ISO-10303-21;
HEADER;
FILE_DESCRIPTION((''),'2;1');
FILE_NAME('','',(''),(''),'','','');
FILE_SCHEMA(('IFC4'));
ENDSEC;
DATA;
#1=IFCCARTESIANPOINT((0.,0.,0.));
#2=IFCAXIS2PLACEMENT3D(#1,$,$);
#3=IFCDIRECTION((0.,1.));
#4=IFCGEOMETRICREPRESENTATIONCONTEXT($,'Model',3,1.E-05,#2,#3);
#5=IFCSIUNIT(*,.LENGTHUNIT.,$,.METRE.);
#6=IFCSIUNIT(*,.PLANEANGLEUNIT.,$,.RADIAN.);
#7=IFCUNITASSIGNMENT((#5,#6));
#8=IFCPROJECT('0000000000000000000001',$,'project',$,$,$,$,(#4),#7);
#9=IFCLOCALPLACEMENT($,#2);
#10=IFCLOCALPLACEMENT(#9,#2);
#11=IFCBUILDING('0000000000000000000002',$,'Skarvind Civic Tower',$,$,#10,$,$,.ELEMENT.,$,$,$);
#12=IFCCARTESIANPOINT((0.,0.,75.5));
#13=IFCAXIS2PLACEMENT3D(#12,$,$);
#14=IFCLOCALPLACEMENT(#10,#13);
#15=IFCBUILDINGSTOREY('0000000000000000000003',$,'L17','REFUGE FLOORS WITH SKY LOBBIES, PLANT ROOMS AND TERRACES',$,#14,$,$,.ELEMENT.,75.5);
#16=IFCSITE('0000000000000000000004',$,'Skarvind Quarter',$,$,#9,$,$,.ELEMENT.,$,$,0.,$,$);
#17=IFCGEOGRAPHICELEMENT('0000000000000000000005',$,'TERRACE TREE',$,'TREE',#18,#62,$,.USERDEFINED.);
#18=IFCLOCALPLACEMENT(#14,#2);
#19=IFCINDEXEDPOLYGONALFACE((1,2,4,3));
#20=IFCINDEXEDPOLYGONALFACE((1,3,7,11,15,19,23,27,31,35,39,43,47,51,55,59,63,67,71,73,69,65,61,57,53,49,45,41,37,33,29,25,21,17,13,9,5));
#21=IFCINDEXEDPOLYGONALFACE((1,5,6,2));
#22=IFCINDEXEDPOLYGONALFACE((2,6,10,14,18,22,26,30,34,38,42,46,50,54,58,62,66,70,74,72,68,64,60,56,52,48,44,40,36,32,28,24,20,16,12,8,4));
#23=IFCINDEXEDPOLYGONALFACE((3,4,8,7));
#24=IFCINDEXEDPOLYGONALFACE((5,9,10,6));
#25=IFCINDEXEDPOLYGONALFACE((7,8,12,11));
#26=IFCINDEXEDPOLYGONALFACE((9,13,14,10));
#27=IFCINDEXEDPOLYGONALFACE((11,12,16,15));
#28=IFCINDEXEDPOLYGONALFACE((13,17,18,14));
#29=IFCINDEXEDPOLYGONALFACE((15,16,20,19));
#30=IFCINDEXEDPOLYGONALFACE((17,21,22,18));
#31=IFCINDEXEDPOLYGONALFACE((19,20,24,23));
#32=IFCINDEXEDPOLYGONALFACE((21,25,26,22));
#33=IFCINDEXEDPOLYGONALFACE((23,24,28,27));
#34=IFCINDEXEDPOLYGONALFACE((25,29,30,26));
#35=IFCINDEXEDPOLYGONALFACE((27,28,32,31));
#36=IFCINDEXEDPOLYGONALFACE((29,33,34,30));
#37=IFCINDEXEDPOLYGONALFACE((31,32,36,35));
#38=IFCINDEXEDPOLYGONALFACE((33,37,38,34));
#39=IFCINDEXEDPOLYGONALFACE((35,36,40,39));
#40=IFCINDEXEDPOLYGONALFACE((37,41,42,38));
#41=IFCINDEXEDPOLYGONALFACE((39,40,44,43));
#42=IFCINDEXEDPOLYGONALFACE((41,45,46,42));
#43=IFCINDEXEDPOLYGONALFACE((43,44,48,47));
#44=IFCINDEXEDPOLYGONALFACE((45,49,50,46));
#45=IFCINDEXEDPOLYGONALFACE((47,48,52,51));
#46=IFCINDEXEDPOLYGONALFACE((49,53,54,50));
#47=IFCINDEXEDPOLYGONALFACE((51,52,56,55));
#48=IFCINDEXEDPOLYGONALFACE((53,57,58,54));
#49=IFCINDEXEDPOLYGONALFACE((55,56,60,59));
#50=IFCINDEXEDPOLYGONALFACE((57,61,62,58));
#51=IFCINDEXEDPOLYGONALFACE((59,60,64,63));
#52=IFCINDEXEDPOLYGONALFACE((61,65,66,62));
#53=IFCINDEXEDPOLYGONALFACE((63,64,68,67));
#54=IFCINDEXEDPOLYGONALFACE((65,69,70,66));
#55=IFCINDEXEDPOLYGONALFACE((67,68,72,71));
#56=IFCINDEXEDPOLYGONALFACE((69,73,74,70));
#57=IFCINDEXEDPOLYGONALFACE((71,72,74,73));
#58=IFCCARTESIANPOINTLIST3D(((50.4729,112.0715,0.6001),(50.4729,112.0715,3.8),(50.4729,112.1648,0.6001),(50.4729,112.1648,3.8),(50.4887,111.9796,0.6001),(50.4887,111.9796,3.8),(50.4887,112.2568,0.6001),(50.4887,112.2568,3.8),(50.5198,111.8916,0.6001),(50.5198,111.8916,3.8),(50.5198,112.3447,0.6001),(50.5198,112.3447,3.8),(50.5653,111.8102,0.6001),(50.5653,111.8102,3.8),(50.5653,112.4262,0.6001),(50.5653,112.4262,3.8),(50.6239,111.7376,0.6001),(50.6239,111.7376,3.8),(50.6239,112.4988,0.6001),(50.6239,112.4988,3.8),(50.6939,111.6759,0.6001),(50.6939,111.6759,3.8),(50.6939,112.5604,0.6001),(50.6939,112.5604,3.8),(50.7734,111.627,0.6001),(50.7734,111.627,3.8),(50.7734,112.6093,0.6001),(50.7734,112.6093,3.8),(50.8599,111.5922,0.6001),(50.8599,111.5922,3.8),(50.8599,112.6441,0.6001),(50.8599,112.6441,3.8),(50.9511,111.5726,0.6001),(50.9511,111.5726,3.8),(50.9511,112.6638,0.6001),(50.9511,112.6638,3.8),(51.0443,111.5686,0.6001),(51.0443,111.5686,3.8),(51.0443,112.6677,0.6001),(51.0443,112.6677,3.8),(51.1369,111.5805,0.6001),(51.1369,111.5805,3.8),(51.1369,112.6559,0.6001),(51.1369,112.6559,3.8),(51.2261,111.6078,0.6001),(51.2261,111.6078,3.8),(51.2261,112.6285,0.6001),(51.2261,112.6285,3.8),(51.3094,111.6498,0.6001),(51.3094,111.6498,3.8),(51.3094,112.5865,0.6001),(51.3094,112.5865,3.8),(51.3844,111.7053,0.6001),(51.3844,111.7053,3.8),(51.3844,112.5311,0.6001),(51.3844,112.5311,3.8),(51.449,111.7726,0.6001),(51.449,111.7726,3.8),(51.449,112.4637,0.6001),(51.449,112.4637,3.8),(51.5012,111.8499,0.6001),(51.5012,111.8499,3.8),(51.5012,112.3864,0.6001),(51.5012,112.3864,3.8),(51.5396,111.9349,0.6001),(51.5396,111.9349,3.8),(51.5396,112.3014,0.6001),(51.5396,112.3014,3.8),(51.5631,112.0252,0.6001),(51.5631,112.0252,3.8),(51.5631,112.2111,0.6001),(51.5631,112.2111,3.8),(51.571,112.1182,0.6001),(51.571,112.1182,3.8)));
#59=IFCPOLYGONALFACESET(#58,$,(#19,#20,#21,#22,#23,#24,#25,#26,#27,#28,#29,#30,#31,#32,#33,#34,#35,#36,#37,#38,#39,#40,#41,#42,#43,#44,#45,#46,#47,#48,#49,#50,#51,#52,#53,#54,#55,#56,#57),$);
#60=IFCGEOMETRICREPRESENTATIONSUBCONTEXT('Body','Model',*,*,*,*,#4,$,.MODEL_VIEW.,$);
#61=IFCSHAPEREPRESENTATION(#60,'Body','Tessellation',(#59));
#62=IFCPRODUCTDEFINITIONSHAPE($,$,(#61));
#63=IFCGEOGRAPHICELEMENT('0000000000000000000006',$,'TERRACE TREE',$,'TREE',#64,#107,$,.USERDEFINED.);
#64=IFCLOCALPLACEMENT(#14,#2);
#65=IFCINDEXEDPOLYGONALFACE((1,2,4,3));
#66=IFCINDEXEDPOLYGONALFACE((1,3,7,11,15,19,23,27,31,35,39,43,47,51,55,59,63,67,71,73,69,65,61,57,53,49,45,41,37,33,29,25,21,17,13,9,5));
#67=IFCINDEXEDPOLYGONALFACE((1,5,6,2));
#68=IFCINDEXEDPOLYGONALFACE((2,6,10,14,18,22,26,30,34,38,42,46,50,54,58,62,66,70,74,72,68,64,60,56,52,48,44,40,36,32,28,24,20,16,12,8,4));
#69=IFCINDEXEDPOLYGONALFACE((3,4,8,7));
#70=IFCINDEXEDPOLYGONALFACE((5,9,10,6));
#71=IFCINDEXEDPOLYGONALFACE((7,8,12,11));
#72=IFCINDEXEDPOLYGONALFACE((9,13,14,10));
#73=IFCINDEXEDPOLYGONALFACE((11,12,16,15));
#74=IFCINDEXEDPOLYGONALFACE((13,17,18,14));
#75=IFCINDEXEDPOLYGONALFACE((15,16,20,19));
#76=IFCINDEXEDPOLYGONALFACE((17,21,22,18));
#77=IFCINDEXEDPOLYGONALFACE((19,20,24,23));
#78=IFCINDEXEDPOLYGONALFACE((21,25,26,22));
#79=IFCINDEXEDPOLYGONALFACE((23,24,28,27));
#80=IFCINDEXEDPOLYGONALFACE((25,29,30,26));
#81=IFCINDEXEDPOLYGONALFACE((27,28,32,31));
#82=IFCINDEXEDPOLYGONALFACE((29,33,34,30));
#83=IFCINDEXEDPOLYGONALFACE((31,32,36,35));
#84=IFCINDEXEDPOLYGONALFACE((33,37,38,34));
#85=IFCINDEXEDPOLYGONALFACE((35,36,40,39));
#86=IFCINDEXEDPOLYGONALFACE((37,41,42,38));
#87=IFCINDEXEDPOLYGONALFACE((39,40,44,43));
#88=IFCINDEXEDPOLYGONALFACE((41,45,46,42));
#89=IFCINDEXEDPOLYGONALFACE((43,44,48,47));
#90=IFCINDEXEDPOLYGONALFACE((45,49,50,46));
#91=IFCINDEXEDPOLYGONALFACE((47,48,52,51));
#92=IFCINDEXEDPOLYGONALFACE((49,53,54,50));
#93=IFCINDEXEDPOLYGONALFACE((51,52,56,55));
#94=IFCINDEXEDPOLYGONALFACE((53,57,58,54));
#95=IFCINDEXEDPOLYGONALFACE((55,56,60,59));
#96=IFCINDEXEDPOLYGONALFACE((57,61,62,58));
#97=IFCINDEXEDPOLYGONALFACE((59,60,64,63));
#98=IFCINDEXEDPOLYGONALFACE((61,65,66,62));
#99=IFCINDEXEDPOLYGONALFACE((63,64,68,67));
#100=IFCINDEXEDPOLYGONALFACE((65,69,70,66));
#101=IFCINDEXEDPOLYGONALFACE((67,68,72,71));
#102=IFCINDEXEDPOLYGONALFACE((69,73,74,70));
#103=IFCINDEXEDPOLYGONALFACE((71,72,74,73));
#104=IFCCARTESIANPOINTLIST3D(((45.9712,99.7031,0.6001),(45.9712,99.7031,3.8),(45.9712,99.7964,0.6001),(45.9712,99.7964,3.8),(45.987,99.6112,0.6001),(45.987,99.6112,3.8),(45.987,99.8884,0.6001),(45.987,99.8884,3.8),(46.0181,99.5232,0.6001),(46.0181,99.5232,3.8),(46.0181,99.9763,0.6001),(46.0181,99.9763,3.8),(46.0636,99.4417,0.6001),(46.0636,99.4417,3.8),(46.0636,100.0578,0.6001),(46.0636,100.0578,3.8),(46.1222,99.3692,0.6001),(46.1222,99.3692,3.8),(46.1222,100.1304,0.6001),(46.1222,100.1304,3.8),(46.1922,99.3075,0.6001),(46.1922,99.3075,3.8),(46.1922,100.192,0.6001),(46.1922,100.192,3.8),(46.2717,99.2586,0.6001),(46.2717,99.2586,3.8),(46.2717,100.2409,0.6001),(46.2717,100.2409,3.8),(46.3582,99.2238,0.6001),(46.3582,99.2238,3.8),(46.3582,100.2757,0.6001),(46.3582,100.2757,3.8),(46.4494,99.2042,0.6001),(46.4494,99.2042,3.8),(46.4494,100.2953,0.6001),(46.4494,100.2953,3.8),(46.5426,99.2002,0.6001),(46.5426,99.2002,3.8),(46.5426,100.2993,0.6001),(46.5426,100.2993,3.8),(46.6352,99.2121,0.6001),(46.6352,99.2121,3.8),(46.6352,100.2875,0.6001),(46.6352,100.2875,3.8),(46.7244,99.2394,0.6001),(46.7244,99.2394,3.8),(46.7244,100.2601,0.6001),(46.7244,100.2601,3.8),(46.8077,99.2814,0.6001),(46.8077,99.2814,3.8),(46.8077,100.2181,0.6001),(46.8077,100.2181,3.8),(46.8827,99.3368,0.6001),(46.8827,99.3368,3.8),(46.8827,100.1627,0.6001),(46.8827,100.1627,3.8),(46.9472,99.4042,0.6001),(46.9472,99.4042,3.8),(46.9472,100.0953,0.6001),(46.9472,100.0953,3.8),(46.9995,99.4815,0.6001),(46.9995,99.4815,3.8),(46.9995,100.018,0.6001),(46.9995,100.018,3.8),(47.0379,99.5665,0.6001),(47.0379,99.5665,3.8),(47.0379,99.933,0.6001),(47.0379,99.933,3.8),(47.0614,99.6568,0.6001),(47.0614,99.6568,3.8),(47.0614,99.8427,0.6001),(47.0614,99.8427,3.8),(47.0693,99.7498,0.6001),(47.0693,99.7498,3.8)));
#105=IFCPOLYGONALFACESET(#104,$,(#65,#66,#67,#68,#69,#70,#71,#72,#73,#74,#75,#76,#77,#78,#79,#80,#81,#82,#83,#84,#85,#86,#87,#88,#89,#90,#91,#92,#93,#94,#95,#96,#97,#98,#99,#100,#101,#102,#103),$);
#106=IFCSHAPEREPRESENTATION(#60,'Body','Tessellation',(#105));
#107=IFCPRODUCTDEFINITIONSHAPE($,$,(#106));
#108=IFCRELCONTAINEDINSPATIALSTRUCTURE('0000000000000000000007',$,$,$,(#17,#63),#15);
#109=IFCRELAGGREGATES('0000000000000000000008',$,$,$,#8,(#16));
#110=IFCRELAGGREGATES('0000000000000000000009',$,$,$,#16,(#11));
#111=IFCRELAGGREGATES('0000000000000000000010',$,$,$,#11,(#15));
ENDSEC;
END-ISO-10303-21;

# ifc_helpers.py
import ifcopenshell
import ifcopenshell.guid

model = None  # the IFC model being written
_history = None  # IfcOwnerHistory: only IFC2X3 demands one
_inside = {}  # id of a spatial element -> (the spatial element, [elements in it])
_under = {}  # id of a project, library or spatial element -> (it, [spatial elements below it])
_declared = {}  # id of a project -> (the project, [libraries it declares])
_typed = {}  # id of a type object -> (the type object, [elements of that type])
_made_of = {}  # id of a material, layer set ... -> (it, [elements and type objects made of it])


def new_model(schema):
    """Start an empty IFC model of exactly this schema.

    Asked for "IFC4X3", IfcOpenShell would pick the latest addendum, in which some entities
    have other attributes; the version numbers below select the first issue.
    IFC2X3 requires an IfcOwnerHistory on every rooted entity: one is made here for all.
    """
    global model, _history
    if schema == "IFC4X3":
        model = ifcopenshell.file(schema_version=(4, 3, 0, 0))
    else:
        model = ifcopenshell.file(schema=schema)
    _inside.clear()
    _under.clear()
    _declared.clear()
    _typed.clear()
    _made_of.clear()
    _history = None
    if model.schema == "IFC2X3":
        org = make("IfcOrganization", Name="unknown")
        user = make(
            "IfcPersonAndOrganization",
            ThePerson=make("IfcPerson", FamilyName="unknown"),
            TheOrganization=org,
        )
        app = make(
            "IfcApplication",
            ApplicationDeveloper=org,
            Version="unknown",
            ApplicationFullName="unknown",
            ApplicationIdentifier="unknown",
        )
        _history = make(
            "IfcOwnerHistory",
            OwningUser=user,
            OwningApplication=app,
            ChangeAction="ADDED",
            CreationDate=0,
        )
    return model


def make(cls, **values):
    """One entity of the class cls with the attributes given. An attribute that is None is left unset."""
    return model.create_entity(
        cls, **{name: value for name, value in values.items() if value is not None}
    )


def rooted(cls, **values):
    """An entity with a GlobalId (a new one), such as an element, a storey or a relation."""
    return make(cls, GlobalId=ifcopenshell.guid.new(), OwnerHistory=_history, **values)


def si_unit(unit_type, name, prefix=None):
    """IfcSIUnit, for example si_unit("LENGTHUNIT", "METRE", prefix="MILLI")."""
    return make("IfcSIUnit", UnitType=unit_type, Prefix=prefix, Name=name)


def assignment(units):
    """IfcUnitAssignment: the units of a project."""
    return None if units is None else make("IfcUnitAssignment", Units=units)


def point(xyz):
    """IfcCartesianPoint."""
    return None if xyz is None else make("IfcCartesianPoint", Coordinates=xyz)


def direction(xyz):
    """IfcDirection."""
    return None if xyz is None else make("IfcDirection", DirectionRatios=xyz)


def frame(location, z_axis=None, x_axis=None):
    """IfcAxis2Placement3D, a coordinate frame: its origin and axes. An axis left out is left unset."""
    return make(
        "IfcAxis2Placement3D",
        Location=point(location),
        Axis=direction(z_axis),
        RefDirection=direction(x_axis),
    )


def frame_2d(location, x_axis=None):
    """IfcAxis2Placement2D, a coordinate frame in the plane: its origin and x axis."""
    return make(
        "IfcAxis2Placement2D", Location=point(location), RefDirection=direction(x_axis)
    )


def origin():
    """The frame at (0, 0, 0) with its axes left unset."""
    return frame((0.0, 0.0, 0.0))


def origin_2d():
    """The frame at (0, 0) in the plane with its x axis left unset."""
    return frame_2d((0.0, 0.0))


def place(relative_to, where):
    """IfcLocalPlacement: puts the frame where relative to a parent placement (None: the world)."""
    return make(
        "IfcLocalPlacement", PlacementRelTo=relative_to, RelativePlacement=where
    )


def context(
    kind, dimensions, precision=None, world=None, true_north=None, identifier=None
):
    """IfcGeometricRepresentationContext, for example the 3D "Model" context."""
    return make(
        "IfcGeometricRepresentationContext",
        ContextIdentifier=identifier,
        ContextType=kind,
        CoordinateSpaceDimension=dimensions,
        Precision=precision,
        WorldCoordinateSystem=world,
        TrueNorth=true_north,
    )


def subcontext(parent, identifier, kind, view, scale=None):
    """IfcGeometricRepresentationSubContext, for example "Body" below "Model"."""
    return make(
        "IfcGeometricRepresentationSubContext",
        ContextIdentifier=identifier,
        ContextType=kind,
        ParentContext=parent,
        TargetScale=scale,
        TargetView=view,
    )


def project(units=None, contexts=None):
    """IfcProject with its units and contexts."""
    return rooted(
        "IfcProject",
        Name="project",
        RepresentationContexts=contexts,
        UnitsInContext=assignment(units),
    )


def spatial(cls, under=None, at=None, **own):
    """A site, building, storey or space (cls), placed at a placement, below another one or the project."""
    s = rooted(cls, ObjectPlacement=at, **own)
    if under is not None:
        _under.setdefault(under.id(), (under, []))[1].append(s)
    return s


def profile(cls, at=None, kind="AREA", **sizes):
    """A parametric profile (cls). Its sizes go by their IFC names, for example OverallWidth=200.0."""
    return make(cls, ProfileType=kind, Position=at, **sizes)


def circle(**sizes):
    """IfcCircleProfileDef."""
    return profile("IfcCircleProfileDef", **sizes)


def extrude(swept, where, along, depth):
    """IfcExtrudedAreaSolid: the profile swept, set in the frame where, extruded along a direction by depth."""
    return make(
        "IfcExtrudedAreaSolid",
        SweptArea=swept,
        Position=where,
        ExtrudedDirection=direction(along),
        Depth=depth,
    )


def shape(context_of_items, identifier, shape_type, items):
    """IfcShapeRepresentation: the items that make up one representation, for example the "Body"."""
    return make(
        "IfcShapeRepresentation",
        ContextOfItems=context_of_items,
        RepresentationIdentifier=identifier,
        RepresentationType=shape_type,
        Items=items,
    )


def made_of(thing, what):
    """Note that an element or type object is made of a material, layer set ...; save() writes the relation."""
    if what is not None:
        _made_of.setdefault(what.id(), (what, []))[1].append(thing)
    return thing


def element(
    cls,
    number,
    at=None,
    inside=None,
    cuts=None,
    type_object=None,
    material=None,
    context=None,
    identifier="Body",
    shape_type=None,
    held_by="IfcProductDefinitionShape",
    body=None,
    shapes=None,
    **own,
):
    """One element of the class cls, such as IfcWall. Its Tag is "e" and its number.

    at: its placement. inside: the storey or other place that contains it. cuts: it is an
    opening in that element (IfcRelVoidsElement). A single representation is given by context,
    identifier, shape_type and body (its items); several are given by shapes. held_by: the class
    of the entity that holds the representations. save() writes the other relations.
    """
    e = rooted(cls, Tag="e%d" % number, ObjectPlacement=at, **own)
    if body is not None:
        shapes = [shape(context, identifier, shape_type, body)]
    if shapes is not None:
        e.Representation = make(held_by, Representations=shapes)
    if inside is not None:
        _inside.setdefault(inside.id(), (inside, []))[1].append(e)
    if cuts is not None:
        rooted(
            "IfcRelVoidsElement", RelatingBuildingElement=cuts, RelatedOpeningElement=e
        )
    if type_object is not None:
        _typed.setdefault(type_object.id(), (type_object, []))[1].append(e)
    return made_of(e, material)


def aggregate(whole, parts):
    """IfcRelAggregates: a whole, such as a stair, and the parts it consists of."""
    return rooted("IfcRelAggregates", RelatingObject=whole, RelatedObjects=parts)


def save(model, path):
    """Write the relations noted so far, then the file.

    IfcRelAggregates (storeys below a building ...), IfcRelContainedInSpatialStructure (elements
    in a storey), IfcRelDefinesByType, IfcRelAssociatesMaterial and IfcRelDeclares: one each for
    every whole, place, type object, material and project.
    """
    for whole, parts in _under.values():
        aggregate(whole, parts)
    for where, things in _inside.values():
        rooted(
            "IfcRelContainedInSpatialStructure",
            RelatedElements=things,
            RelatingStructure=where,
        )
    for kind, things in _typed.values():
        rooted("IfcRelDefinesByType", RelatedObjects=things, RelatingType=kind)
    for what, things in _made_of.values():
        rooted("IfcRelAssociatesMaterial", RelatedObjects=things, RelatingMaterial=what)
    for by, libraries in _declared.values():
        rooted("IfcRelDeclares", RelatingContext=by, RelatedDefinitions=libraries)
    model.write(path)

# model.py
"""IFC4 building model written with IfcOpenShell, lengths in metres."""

from ifc_helpers import new_model, si_unit, direction, frame, origin, origin_2d, place, context, subcontext, project, spatial, circle, extrude, element, save


model = new_model("IFC4")

# Units and contexts
model_context = context("Model", 3, precision=1e-05, world=origin(), true_north=direction((0.0, 1.0)))
body_context = subcontext(model_context, "Body", "Model", "MODEL_VIEW")
ifc_project = project(units=[si_unit("LENGTHUNIT", "METRE"), si_unit("PLANEANGLEUNIT", "RADIAN")], contexts=[model_context])

# Site, building, storey
site_placement = place(None, origin())
site = spatial("IfcSite", under=ifc_project, at=site_placement, Name="Skarvind Quarter", CompositionType="ELEMENT", RefElevation=0.0)
building_placement = place(site_placement, origin())
building = spatial("IfcBuilding", under=site, at=building_placement, Name="Skarvind Civic Tower", CompositionType="ELEMENT")
storey_placement = place(building_placement, frame((0.0, 0.0, 75.5)))
storey = spatial("IfcBuildingStorey", under=building, at=storey_placement, Name="L17", Description="REFUGE FLOORS WITH SKY LOBBIES, PLANT ROOMS AND TERRACES", CompositionType="ELEMENT", Elevation=75.5)

# Geographic elements
for number, where, z_axis, x_axis, name in (
    (1, (51.021, 112.1182, 0.6001), (0.0, 0.0, 1.0), (1.0, 0.0, 0.0), "TERRACE TREE"),
    (2, (46.5193, 99.7498, 0.6001), (0.0, 0.0, 1.0), (1.0, 0.0, 0.0), "TERRACE TREE"),
):
    element("IfcGeographicElement", number, at=place(storey_placement, frame(where, z_axis=z_axis, x_axis=x_axis)), inside=storey, Name=name, ObjectType="TREE", PredefinedType="USERDEFINED", context=body_context, shape_type="SweptSolid", body=[
        extrude(circle(Radius=0.55, at=origin_2d()), origin(), (0.0, 0.0, 1.0), 3.2),
    ])

save(model, "model.ifc")
